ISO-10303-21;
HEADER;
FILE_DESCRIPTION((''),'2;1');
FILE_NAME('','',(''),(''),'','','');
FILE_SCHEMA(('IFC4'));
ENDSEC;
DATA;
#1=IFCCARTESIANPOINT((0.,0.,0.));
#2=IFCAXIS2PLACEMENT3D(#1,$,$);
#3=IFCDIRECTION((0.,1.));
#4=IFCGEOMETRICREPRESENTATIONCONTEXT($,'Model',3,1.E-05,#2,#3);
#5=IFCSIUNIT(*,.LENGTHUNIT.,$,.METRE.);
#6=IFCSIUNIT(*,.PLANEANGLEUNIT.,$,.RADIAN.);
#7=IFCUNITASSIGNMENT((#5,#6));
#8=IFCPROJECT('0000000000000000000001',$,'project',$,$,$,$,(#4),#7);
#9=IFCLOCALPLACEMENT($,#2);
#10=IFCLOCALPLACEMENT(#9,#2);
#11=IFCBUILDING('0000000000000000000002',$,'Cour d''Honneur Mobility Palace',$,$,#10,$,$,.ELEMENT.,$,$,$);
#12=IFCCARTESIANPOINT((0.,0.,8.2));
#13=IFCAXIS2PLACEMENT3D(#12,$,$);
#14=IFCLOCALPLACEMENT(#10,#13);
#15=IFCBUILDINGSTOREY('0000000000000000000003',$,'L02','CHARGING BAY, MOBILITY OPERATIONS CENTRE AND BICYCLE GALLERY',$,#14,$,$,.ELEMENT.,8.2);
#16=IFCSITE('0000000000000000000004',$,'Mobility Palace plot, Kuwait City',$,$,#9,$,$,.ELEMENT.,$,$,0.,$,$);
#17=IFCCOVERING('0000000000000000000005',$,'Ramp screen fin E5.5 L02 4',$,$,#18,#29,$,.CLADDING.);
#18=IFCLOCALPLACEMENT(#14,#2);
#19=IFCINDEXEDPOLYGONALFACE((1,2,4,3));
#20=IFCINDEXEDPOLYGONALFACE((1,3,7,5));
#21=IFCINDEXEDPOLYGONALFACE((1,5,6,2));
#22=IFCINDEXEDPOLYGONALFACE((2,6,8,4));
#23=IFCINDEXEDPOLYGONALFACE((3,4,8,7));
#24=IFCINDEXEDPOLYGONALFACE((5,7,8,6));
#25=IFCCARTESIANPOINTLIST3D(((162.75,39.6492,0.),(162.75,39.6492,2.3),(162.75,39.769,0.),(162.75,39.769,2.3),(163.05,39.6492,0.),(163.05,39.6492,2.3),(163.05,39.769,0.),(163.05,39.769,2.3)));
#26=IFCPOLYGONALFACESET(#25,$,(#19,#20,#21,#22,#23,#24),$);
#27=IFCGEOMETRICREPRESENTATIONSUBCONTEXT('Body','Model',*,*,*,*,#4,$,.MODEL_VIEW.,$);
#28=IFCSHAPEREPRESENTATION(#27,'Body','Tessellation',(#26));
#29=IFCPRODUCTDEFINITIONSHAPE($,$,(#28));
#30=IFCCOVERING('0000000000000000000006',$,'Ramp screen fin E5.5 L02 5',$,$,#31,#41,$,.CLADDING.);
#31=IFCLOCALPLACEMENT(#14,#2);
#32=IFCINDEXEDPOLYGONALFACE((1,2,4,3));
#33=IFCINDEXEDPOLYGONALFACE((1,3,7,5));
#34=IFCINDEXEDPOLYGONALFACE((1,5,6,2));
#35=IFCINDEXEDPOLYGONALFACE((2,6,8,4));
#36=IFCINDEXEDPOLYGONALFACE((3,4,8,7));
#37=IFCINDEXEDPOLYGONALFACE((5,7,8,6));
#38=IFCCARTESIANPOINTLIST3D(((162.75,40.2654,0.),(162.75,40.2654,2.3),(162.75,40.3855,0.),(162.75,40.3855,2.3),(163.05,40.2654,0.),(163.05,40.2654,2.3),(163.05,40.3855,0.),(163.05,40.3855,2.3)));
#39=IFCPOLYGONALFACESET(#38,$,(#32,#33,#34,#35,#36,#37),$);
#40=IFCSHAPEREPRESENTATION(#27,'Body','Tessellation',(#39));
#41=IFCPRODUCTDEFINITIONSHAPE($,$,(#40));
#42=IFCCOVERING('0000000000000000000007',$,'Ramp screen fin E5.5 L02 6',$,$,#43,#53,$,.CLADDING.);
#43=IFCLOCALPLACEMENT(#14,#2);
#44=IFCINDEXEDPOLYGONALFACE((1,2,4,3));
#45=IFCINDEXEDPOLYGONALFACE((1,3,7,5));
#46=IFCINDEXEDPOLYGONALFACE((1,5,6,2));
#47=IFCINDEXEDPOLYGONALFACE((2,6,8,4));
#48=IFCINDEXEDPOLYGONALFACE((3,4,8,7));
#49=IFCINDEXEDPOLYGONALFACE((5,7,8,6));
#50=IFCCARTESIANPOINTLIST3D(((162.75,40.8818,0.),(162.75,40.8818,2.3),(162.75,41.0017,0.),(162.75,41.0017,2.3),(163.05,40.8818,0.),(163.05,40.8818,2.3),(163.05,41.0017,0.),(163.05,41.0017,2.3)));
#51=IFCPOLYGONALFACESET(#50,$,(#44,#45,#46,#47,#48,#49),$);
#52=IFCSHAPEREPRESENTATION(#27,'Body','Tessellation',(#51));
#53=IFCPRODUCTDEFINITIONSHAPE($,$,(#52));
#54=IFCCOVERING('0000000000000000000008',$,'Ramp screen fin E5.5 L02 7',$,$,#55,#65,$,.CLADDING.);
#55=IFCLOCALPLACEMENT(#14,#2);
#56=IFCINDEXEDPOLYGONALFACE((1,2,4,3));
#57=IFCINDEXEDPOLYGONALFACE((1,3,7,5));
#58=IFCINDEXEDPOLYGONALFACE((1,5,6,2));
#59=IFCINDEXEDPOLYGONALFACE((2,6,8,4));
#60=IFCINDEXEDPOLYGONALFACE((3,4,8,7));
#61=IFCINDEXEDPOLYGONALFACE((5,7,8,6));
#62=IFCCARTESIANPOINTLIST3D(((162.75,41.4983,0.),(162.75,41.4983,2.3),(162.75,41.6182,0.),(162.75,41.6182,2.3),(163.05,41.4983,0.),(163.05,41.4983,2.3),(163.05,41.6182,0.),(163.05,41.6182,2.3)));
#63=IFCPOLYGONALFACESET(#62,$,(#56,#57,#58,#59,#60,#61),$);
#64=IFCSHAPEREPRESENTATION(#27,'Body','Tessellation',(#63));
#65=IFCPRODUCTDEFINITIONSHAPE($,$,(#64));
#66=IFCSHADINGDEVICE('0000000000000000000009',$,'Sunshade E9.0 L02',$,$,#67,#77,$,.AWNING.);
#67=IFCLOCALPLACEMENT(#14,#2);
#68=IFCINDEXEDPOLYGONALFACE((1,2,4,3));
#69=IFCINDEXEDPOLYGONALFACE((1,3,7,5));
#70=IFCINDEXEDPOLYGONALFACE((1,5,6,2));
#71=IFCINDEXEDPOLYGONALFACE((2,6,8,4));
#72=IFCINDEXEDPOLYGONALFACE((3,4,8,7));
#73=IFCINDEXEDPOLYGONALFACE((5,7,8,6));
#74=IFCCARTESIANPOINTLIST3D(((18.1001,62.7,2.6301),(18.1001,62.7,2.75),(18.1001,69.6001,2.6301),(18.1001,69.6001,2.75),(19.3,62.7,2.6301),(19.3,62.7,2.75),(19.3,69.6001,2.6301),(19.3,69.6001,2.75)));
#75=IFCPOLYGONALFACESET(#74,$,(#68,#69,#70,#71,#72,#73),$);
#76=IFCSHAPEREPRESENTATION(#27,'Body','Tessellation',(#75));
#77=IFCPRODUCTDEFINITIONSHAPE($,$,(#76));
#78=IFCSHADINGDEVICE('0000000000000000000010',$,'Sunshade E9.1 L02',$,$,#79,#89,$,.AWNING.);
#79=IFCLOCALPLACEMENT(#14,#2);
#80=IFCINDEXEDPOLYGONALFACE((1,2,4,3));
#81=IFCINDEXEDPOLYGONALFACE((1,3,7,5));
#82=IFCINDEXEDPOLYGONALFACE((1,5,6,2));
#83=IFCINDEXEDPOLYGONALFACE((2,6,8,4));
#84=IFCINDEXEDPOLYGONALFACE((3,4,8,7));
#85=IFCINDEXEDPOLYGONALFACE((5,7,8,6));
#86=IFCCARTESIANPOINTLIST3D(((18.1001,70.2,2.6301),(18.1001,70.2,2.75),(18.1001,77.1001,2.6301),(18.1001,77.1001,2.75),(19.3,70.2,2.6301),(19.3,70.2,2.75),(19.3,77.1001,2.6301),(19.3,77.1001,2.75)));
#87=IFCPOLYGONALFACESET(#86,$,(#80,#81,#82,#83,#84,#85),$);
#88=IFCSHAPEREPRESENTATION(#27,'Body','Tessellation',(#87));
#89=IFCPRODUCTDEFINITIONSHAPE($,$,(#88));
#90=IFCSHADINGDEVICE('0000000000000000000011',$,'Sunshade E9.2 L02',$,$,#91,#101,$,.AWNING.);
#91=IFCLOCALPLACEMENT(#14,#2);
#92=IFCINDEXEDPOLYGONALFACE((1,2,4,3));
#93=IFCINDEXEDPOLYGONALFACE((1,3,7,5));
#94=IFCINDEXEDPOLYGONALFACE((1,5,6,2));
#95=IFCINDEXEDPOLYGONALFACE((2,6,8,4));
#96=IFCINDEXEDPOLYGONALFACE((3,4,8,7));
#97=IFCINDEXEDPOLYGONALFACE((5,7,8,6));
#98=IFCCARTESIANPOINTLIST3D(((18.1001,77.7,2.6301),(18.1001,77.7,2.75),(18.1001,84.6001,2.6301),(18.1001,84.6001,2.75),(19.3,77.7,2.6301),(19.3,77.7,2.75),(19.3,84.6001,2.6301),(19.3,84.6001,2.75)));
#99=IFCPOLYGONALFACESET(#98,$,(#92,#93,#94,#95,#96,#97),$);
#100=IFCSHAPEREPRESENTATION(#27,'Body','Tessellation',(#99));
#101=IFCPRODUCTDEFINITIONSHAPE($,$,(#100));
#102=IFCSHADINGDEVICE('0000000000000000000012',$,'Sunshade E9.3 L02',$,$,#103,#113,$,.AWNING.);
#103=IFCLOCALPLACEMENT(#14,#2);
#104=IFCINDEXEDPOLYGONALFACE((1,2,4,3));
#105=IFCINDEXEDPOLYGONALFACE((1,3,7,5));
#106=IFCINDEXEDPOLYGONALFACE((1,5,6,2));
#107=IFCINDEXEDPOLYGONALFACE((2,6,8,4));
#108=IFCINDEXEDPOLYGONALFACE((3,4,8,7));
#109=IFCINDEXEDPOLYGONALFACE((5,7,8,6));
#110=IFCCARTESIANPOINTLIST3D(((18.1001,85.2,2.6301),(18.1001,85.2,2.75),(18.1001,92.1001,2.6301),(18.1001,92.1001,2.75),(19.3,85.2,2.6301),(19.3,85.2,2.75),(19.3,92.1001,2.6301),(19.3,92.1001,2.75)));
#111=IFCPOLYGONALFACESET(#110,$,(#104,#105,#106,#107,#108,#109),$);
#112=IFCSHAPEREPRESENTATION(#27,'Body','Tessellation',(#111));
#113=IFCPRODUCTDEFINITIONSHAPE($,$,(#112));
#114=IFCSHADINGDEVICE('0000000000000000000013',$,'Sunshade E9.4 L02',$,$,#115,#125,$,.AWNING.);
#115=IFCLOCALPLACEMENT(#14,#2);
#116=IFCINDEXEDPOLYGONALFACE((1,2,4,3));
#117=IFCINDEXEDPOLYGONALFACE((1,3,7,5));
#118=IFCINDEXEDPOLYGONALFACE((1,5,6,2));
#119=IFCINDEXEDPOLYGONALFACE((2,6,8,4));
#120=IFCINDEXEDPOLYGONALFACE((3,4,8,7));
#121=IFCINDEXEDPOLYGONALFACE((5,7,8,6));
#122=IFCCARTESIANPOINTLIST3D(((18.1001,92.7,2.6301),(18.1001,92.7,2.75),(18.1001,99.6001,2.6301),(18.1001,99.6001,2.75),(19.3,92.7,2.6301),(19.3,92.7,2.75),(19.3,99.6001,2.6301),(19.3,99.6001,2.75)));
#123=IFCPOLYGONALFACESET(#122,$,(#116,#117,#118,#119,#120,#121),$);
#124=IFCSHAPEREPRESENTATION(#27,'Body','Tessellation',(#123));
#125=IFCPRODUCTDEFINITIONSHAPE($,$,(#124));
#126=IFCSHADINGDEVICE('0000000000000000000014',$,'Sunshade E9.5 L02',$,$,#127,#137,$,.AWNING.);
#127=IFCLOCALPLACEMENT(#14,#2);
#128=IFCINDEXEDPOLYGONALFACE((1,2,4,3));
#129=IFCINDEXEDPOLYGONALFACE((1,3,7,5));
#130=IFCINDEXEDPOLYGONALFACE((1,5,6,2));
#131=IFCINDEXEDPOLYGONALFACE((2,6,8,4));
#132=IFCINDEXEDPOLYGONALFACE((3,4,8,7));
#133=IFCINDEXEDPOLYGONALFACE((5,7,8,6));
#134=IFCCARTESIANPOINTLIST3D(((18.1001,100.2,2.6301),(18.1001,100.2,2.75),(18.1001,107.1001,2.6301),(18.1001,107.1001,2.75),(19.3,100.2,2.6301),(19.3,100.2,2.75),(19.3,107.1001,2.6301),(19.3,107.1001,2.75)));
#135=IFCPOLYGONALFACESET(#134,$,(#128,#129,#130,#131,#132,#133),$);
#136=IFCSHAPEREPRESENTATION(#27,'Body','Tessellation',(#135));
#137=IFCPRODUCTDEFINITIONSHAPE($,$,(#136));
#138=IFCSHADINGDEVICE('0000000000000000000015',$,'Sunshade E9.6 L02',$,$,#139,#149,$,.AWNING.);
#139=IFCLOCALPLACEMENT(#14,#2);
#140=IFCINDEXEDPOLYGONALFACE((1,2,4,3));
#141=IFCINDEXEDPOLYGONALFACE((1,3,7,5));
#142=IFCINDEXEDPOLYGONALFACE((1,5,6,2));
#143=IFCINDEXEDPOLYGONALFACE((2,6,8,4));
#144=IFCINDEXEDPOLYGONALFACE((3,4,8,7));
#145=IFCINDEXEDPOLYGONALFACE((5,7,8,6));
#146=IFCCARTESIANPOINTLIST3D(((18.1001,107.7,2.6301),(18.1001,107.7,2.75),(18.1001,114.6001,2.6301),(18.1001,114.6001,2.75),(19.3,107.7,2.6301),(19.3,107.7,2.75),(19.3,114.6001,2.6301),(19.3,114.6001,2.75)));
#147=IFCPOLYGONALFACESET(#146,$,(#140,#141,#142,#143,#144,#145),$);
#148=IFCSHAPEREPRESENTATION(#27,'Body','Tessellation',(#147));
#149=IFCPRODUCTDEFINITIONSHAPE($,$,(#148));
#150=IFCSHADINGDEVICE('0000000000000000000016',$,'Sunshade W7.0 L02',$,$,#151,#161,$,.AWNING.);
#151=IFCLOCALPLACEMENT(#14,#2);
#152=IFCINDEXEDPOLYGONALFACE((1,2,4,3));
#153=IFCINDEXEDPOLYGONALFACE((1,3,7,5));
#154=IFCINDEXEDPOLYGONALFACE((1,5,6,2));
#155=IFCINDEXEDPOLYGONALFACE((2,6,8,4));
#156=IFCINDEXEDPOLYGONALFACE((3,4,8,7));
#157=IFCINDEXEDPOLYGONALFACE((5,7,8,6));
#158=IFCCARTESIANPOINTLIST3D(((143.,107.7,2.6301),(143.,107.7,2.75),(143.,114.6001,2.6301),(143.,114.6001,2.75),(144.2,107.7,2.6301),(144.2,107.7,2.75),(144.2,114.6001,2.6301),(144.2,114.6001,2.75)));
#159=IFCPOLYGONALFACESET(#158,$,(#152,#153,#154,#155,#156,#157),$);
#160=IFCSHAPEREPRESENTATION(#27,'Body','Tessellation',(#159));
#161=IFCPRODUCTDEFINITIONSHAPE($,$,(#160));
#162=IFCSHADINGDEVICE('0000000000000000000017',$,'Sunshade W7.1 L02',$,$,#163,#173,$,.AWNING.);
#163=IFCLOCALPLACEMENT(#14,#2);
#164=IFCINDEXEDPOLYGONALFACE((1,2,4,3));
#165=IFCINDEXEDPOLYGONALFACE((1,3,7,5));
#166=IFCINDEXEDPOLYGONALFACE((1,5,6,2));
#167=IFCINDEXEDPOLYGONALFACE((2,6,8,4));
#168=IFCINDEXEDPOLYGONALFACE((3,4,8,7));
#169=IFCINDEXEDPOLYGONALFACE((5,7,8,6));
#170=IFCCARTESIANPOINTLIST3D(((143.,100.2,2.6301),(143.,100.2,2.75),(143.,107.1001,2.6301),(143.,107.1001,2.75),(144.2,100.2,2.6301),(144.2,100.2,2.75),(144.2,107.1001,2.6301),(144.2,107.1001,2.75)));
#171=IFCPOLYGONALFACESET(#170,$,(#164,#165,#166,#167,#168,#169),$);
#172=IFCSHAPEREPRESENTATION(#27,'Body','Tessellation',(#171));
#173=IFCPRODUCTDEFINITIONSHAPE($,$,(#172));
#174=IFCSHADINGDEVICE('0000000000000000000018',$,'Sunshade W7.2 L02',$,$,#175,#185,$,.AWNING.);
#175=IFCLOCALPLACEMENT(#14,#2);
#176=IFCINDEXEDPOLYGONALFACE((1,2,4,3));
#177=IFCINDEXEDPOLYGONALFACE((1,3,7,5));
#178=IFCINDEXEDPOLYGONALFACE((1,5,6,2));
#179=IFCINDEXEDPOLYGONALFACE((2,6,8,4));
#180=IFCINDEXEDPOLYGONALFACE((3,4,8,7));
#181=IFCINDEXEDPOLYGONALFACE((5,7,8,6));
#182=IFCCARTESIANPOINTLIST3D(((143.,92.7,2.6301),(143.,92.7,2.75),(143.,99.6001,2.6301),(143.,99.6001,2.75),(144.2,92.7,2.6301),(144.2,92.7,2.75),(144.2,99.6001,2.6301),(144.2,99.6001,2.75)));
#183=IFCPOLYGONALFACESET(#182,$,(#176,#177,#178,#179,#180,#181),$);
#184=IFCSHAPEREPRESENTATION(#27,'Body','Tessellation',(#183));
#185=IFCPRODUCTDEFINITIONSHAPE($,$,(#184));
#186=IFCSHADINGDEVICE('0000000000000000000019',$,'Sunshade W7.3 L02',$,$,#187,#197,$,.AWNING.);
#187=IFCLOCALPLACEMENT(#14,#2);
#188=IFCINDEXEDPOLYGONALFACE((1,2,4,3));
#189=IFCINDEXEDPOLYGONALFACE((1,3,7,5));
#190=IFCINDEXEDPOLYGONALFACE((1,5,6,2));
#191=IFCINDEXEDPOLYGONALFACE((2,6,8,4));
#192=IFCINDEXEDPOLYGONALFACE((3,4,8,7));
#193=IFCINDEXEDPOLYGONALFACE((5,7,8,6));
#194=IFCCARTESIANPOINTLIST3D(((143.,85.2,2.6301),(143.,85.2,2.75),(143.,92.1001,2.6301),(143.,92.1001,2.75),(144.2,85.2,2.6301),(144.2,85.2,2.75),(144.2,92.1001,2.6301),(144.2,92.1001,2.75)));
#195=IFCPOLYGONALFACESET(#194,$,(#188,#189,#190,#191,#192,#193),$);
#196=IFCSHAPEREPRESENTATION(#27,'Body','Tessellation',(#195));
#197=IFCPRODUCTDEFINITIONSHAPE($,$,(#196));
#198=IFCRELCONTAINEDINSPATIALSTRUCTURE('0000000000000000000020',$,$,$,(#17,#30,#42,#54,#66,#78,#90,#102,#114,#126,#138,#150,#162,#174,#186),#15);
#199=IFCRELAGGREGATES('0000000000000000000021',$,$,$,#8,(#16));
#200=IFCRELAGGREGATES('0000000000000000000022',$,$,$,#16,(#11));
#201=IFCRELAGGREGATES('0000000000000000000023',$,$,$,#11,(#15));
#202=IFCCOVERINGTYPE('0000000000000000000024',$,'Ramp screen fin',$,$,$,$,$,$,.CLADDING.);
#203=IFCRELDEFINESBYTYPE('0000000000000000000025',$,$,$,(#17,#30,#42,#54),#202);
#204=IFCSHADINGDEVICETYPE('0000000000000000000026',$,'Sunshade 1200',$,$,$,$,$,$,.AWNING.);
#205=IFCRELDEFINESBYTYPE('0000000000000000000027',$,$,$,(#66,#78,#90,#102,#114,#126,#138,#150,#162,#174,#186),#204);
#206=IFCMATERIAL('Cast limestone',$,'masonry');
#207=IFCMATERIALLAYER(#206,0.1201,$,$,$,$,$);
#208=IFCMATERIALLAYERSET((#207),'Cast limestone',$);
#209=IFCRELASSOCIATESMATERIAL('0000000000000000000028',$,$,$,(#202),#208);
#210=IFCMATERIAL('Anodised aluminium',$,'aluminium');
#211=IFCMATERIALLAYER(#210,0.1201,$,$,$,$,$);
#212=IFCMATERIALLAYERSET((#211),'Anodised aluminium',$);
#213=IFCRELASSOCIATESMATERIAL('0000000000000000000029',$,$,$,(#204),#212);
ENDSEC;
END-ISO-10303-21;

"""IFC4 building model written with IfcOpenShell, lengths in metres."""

from ifc_helpers import new_model, si_unit, direction, frame, origin, place, context, subcontext, project, spatial, polyline, outline, extrude, material, layer, layer_set, type_object, element, save


model = new_model("IFC4")

# Units and contexts
model_context = context("Model", 3, precision=1e-05, world=origin(), true_north=direction((0.0, 1.0)))
body_context = subcontext(model_context, "Body", "Model", "MODEL_VIEW")
ifc_project = project(units=[si_unit("LENGTHUNIT", "METRE"), si_unit("PLANEANGLEUNIT", "RADIAN")], contexts=[model_context])

# Site, building, storey
site_placement = place(None, origin())
site = spatial("IfcSite", under=ifc_project, at=site_placement, Name="Mobility Palace plot, Kuwait City", CompositionType="ELEMENT", RefElevation=0.0)
building_placement = place(site_placement, origin())
building = spatial("IfcBuilding", under=site, at=building_placement, Name="Cour d'Honneur Mobility Palace", CompositionType="ELEMENT")
storey_placement = place(building_placement, frame((0.0, 0.0, 8.2)))
storey = spatial("IfcBuildingStorey", under=building, at=storey_placement, Name="L02", Description="CHARGING BAY, MOBILITY OPERATIONS CENTRE AND BICYCLE GALLERY", CompositionType="ELEMENT", Elevation=8.2)

# Coverings
ifc_material_1 = material(Name="Cast limestone", Category="masonry")
ifc_layer_1 = layer(ifc_material_1, 0.1201)
ifc_layer_set_1 = layer_set([ifc_layer_1], Name="Cast limestone")
covering_type = type_object("IfcCoveringType", Name="Ramp screen fin", PredefinedType="CLADDING", material=ifc_layer_set_1)
covering_1_placement = place(storey_placement, origin())
element("IfcCovering", 1, at=covering_1_placement, inside=storey, type_object=covering_type, Name="Ramp screen fin E5.5 L02 4", PredefinedType="CLADDING", context=body_context, shape_type="SweptSolid", body=[
    extrude(outline(polyline([(162.75, 39.6492), (162.75, 39.769), (163.05, 39.769), (163.05, 39.6492), (162.75, 39.6492)])), origin(), (0.0, 0.0, 1.0), 2.3),
])
covering_2_placement = place(storey_placement, origin())
element("IfcCovering", 2, at=covering_2_placement, inside=storey, type_object=covering_type, Name="Ramp screen fin E5.5 L02 5", PredefinedType="CLADDING", context=body_context, shape_type="SweptSolid", body=[
    extrude(outline(polyline([(162.75, 40.2654), (162.75, 40.3855), (163.05, 40.3855), (163.05, 40.2654), (162.75, 40.2654)])), origin(), (0.0, 0.0, 1.0), 2.3),
])
covering_3_placement = place(storey_placement, origin())
element("IfcCovering", 3, at=covering_3_placement, inside=storey, type_object=covering_type, Name="Ramp screen fin E5.5 L02 6", PredefinedType="CLADDING", context=body_context, shape_type="SweptSolid", body=[
    extrude(outline(polyline([(162.75, 40.8818), (162.75, 41.0017), (163.05, 41.0017), (163.05, 40.8818), (162.75, 40.8818)])), origin(), (0.0, 0.0, 1.0), 2.3),
])
covering_4_placement = place(storey_placement, origin())
element("IfcCovering", 4, at=covering_4_placement, inside=storey, type_object=covering_type, Name="Ramp screen fin E5.5 L02 7", PredefinedType="CLADDING", context=body_context, shape_type="SweptSolid", body=[
    extrude(outline(polyline([(162.75, 41.4983), (162.75, 41.6182), (163.05, 41.6182), (163.05, 41.4983), (162.75, 41.4983)])), origin(), (0.0, 0.0, 1.0), 2.3),
])

# Shading devices
ifc_material_2 = material(Name="Anodised aluminium", Category="aluminium")
ifc_layer_2 = layer(ifc_material_2, 0.1201)
ifc_layer_set_2 = layer_set([ifc_layer_2], Name="Anodised aluminium")
shading_device_type = type_object("IfcShadingDeviceType", Name="Sunshade 1200", PredefinedType="AWNING", material=ifc_layer_set_2)
shading_device_1_placement = place(storey_placement, frame((0.0, 0.0, 2.6301)))
element("IfcShadingDevice", 5, at=shading_device_1_placement, inside=storey, type_object=shading_device_type, Name="Sunshade E9.0 L02", PredefinedType="AWNING", context=body_context, shape_type="SweptSolid", body=[
    extrude(outline(polyline([(18.1001, 62.7), (18.1001, 69.6001), (19.3, 69.6001), (19.3, 62.7), (18.1001, 62.7)])), origin(), (0.0, 0.0, 1.0), 0.1199),
])
shading_device_2_placement = place(storey_placement, frame((0.0, 0.0, 2.6301)))
element("IfcShadingDevice", 6, at=shading_device_2_placement, inside=storey, type_object=shading_device_type, Name="Sunshade E9.1 L02", PredefinedType="AWNING", context=body_context, shape_type="SweptSolid", body=[
    extrude(outline(polyline([(18.1001, 70.2), (18.1001, 77.1001), (19.3, 77.1001), (19.3, 70.2), (18.1001, 70.2)])), origin(), (0.0, 0.0, 1.0), 0.1199),
])
shading_device_3_placement = place(storey_placement, frame((0.0, 0.0, 2.6301)))
element("IfcShadingDevice", 7, at=shading_device_3_placement, inside=storey, type_object=shading_device_type, Name="Sunshade E9.2 L02", PredefinedType="AWNING", context=body_context, shape_type="SweptSolid", body=[
    extrude(outline(polyline([(18.1001, 77.7), (18.1001, 84.6001), (19.3, 84.6001), (19.3, 77.7), (18.1001, 77.7)])), origin(), (0.0, 0.0, 1.0), 0.1199),
])
shading_device_4_placement = place(storey_placement, frame((0.0, 0.0, 2.6301)))
element("IfcShadingDevice", 8, at=shading_device_4_placement, inside=storey, type_object=shading_device_type, Name="Sunshade E9.3 L02", PredefinedType="AWNING", context=body_context, shape_type="SweptSolid", body=[
    extrude(outline(polyline([(18.1001, 85.2), (18.1001, 92.1001), (19.3, 92.1001), (19.3, 85.2), (18.1001, 85.2)])), origin(), (0.0, 0.0, 1.0), 0.1199),
])
shading_device_5_placement = place(storey_placement, frame((0.0, 0.0, 2.6301)))
element("IfcShadingDevice", 9, at=shading_device_5_placement, inside=storey, type_object=shading_device_type, Name="Sunshade E9.4 L02", PredefinedType="AWNING", context=body_context, shape_type="SweptSolid", body=[
    extrude(outline(polyline([(18.1001, 92.7), (18.1001, 99.6001), (19.3, 99.6001), (19.3, 92.7), (18.1001, 92.7)])), origin(), (0.0, 0.0, 1.0), 0.1199),
])
shading_device_6_placement = place(storey_placement, frame((0.0, 0.0, 2.6301)))
element("IfcShadingDevice", 10, at=shading_device_6_placement, inside=storey, type_object=shading_device_type, Name="Sunshade E9.5 L02", PredefinedType="AWNING", context=body_context, shape_type="SweptSolid", body=[
    extrude(outline(polyline([(18.1001, 100.2), (18.1001, 107.1001), (19.3, 107.1001), (19.3, 100.2), (18.1001, 100.2)])), origin(), (0.0, 0.0, 1.0), 0.1199),
])
shading_device_7_placement = place(storey_placement, frame((0.0, 0.0, 2.6301)))
element("IfcShadingDevice", 11, at=shading_device_7_placement, inside=storey, type_object=shading_device_type, Name="Sunshade E9.6 L02", PredefinedType="AWNING", context=body_context, shape_type="SweptSolid", body=[
    extrude(outline(polyline([(18.1001, 107.7), (18.1001, 114.6001), (19.3, 114.6001), (19.3, 107.7), (18.1001, 107.7)])), origin(), (0.0, 0.0, 1.0), 0.1199),
])
shading_device_8_placement = place(storey_placement, frame((0.0, 0.0, 2.6301)))
element("IfcShadingDevice", 12, at=shading_device_8_placement, inside=storey, type_object=shading_device_type, Name="Sunshade W7.0 L02", PredefinedType="AWNING", context=body_context, shape_type="SweptSolid", body=[
    extrude(outline(polyline([(144.2, 114.6001), (144.2, 107.7), (143.0, 107.7), (143.0, 114.6001), (144.2, 114.6001)])), origin(), (0.0, 0.0, 1.0), 0.1199),
])
shading_device_9_placement = place(storey_placement, frame((0.0, 0.0, 2.6301)))
element("IfcShadingDevice", 13, at=shading_device_9_placement, inside=storey, type_object=shading_device_type, Name="Sunshade W7.1 L02", PredefinedType="AWNING", context=body_context, shape_type="SweptSolid", body=[
    extrude(outline(polyline([(144.2, 107.1001), (144.2, 100.2), (143.0, 100.2), (143.0, 107.1001), (144.2, 107.1001)])), origin(), (0.0, 0.0, 1.0), 0.1199),
])
shading_device_10_placement = place(storey_placement, frame((0.0, 0.0, 2.6301)))
element("IfcShadingDevice", 14, at=shading_device_10_placement, inside=storey, type_object=shading_device_type, Name="Sunshade W7.2 L02", PredefinedType="AWNING", context=body_context, shape_type="SweptSolid", body=[
    extrude(outline(polyline([(144.2, 99.6001), (144.2, 92.7), (143.0, 92.7), (143.0, 99.6001), (144.2, 99.6001)])), origin(), (0.0, 0.0, 1.0), 0.1199),
])
shading_device_11_placement = place(storey_placement, frame((0.0, 0.0, 2.6301)))
element("IfcShadingDevice", 15, at=shading_device_11_placement, inside=storey, type_object=shading_device_type, Name="Sunshade W7.3 L02", PredefinedType="AWNING", context=body_context, shape_type="SweptSolid", body=[
    extrude(outline(polyline([(144.2, 92.1001), (144.2, 85.2), (143.0, 85.2), (143.0, 92.1001), (144.2, 92.1001)])), origin(), (0.0, 0.0, 1.0), 0.1199),
])

save(model, "model.ifc")
